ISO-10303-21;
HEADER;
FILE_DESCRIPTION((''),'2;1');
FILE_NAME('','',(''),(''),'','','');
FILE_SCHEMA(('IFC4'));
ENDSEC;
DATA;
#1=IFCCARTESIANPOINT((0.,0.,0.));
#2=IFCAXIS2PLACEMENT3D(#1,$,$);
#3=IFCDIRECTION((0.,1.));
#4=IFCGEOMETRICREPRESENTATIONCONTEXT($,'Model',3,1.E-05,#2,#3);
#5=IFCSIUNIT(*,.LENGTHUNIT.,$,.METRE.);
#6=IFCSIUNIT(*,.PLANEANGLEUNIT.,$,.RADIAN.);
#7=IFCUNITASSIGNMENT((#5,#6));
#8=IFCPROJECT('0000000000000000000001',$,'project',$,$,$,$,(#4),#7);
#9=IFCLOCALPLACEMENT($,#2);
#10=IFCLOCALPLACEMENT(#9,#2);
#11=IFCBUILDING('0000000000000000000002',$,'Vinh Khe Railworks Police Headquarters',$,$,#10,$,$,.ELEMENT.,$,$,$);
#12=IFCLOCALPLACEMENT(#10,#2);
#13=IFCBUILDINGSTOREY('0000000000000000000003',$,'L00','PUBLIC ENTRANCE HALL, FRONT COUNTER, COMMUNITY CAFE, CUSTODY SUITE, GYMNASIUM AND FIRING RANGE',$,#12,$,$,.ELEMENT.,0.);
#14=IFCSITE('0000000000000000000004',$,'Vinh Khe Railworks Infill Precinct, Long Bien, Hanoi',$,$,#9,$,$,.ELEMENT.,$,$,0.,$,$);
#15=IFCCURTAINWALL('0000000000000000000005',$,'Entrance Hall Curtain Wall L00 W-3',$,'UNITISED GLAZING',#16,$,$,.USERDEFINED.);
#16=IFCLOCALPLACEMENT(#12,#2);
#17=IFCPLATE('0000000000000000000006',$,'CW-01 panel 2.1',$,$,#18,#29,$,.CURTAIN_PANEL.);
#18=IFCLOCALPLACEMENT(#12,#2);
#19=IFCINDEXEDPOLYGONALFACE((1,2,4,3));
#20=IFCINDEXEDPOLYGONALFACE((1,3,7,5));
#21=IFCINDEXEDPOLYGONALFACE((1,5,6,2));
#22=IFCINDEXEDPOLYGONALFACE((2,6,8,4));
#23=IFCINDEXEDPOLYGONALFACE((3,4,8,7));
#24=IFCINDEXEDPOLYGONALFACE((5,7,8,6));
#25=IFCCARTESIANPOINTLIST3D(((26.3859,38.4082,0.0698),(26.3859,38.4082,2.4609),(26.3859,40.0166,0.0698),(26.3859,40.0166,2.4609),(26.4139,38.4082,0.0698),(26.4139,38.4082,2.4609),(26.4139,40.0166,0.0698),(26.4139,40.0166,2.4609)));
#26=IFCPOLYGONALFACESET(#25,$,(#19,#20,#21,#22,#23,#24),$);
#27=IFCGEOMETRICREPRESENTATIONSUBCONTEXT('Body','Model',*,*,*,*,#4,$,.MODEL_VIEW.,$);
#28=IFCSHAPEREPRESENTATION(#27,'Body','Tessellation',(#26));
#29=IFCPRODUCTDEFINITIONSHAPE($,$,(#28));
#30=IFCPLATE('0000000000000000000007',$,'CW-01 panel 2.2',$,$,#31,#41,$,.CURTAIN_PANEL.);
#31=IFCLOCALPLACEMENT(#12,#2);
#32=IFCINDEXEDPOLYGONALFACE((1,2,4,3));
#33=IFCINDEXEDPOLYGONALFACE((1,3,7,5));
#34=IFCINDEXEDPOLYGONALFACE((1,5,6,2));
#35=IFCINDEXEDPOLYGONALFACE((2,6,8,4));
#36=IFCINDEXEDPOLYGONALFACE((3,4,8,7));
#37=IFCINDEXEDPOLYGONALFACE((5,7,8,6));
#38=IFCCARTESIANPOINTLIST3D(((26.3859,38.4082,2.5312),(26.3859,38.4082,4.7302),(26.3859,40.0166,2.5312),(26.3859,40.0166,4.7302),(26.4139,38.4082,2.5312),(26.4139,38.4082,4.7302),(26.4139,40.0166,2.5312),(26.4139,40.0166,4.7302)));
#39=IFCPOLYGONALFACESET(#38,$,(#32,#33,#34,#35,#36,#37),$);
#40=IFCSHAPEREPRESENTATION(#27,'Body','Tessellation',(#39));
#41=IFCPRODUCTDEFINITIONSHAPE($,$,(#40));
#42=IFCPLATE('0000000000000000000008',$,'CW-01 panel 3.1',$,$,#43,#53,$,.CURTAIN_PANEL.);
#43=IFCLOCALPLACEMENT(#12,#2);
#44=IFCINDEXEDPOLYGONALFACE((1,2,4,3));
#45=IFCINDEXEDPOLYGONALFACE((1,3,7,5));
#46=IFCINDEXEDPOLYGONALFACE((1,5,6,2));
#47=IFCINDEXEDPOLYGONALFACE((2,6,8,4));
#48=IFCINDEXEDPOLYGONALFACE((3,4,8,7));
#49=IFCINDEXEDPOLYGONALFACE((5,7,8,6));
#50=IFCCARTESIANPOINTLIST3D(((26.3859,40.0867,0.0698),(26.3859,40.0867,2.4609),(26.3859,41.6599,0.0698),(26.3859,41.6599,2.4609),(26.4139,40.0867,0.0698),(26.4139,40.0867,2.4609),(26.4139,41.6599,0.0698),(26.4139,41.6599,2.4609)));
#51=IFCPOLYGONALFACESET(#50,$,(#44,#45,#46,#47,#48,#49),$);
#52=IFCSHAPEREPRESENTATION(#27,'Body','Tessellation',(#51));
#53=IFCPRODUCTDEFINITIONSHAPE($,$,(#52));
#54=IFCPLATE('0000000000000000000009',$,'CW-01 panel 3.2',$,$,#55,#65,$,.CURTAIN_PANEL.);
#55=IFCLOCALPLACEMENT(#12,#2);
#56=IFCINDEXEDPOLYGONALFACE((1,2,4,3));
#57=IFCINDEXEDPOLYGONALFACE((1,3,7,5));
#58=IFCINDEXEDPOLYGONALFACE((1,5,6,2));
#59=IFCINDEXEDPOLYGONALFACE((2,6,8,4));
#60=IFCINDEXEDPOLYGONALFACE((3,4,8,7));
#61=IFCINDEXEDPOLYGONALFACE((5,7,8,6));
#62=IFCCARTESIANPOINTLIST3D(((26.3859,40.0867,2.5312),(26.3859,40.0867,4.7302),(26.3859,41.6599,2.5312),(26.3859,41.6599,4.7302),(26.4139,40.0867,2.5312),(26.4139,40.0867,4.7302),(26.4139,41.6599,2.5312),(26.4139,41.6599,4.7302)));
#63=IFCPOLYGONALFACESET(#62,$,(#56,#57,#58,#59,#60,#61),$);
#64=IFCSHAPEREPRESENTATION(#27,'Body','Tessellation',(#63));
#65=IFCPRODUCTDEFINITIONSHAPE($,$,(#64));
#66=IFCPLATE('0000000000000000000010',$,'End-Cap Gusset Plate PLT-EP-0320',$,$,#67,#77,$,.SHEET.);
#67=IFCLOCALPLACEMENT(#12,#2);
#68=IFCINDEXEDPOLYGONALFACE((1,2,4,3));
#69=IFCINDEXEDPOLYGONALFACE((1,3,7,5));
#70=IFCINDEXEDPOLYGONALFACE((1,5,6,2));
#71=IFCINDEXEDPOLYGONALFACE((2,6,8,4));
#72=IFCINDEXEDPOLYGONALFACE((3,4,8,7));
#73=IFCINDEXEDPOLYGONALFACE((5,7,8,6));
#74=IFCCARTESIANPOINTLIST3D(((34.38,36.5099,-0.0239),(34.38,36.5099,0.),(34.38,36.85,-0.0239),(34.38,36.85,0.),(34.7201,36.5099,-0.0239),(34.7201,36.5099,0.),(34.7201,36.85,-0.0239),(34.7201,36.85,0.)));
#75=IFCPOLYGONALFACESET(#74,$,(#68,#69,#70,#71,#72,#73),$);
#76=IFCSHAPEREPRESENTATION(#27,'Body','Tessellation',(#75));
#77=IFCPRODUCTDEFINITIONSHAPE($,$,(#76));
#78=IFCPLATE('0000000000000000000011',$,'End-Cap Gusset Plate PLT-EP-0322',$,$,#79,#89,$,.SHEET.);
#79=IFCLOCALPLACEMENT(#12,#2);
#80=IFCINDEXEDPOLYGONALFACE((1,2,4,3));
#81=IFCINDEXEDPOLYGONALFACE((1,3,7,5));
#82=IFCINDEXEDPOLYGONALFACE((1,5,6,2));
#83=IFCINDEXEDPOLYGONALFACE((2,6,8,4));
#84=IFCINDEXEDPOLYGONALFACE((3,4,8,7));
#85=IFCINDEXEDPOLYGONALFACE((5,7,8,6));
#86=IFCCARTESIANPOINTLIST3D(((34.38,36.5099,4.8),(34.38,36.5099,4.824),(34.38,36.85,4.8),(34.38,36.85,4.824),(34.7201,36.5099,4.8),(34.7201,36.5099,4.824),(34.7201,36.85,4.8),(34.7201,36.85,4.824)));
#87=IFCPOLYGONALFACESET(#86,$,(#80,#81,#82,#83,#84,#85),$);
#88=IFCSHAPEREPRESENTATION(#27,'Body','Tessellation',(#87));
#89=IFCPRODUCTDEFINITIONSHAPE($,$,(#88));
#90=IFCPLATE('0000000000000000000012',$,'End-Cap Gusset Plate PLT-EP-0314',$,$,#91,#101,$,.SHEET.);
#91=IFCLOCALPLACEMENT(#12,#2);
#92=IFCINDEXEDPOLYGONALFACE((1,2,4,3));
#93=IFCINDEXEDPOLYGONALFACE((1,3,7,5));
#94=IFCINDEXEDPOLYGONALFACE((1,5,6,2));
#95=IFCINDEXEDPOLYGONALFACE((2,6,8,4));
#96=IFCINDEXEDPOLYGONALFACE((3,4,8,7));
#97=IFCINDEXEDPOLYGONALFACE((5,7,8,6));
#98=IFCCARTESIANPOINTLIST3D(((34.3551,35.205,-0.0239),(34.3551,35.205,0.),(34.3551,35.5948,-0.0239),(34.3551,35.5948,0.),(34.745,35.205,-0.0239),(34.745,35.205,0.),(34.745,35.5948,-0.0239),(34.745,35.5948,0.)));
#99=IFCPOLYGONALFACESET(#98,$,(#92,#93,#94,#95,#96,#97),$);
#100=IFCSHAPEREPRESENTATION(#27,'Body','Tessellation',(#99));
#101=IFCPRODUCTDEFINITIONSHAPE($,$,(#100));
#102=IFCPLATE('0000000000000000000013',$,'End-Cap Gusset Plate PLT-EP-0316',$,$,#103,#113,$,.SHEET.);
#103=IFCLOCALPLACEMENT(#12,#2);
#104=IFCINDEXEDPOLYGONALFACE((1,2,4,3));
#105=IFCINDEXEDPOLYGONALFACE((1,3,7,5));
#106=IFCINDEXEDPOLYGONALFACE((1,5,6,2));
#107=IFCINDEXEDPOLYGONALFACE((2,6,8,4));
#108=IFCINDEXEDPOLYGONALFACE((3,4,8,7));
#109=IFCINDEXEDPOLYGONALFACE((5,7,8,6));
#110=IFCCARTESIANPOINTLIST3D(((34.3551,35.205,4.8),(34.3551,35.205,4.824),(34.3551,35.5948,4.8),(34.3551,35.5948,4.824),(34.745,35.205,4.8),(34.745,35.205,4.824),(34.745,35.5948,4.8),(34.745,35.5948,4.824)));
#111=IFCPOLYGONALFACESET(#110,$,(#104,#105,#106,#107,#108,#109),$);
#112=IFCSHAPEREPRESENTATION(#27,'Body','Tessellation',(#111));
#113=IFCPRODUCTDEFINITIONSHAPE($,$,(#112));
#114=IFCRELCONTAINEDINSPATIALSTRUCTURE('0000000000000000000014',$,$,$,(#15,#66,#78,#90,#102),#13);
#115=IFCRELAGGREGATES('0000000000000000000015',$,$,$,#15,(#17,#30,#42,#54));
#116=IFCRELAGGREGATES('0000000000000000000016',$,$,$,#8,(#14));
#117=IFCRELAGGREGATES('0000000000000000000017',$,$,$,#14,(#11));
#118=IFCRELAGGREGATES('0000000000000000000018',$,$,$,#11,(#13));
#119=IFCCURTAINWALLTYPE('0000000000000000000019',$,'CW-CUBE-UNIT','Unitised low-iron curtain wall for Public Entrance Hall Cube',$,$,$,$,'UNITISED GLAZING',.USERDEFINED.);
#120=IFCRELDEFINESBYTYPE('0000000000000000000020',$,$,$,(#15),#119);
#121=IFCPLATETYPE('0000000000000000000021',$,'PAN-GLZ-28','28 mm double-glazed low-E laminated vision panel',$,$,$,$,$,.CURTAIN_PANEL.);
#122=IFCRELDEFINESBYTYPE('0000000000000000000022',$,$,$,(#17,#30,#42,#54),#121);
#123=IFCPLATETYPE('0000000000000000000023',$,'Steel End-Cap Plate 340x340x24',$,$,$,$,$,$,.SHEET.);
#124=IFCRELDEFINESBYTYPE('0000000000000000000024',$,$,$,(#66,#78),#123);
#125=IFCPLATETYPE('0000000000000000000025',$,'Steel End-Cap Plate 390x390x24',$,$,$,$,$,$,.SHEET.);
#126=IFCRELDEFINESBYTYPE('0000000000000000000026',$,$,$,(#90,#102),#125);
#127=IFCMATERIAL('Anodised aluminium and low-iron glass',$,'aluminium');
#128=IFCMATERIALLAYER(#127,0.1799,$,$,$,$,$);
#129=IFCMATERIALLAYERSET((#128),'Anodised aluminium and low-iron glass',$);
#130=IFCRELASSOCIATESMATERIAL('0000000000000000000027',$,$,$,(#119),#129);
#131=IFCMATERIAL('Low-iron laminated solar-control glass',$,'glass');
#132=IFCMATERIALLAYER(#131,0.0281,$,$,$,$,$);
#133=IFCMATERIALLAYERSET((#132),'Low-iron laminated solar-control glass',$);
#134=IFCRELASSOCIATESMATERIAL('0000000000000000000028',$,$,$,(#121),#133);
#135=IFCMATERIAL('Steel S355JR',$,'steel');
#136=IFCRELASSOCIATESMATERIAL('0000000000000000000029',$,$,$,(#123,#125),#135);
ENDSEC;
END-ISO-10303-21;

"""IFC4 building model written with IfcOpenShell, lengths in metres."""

from ifc_helpers import new_model, si_unit, direction, frame, origin, origin_2d, place, context, subcontext, project, spatial, rectangle, extrude, material, layer, layer_set, material_profile, profile_set, type_object, element, aggregate, save


model = new_model("IFC4")

# Units and contexts
model_context = context("Model", 3, precision=1e-05, world=origin(), true_north=direction((0.0, 1.0)))
body_context = subcontext(model_context, "Body", "Model", "MODEL_VIEW")
ifc_project = project(units=[si_unit("LENGTHUNIT", "METRE"), si_unit("PLANEANGLEUNIT", "RADIAN")], contexts=[model_context])

# Site, building, storey
site_placement = place(None, origin())
site = spatial("IfcSite", under=ifc_project, at=site_placement, Name="Vinh Khe Railworks Infill Precinct, Long Bien, Hanoi", CompositionType="ELEMENT", RefElevation=0.0)
building_placement = place(site_placement, origin())
building = spatial("IfcBuilding", under=site, at=building_placement, Name="Vinh Khe Railworks Police Headquarters", CompositionType="ELEMENT")
storey_placement = place(building_placement, origin())
storey = spatial("IfcBuildingStorey", under=building, at=storey_placement, Name="L00", Description="PUBLIC ENTRANCE HALL, FRONT COUNTER, COMMUNITY CAFE, CUSTODY SUITE, GYMNASIUM AND FIRING RANGE", CompositionType="ELEMENT", Elevation=0.0)

# Shared definitions
ifc_material_1 = material(Name="Steel S355JR", Category="steel")

# Shared definitions
ifc_material_2 = material(Name="Anodised aluminium and low-iron glass", Category="aluminium")
ifc_layer_1 = layer(ifc_material_2, 0.1799)
ifc_layer_set_1 = layer_set([ifc_layer_1], Name="Anodised aluminium and low-iron glass")
curtain_wall_type = type_object("IfcCurtainWallType", Name="CW-CUBE-UNIT", Description="Unitised low-iron curtain wall for Public Entrance Hall Cube", ElementType="UNITISED GLAZING", PredefinedType="USERDEFINED", material=ifc_layer_set_1)

# Curtain wall
curtain_wall_1_placement = place(storey_placement, origin())
curtain_wall_1 = element("IfcCurtainWall", 1, at=curtain_wall_1_placement, inside=storey, type_object=curtain_wall_type, Name="Entrance Hall Curtain Wall L00 W-3", ObjectType="UNITISED GLAZING", PredefinedType="USERDEFINED")

# Plates
ifc_material_3 = material(Name="Low-iron laminated solar-control glass", Category="glass")
ifc_layer_2 = layer(ifc_material_3, 0.0281)
ifc_layer_set_2 = layer_set([ifc_layer_2], Name="Low-iron laminated solar-control glass")
plate_type_1 = type_object("IfcPlateType", Name="PAN-GLZ-28", Description="28 mm double-glazed low-E laminated vision panel", PredefinedType="CURTAIN_PANEL", material=ifc_layer_set_2)
plate_1_placement = place(storey_placement, frame((26.3999, 39.2124, 0.0698), z_axis=(0.0, 0.0, 1.0), x_axis=(0.0, 1.0, 0.0)))
plate_1 = element("IfcPlate", 2, at=plate_1_placement, type_object=plate_type_1, Name="CW-01 panel 2.1", PredefinedType="CURTAIN_PANEL", context=body_context, shape_type="SweptSolid", body=[
    extrude(rectangle(XDim=1.6084, YDim=0.0281, at=origin_2d()), origin(), (0.0, 0.0, 1.0), 2.3911),
])
plate_2_placement = place(storey_placement, frame((26.3999, 39.2124, 2.5312), z_axis=(0.0, 0.0, 1.0), x_axis=(0.0, 1.0, 0.0)))
plate_2 = element("IfcPlate", 3, at=plate_2_placement, type_object=plate_type_1, Name="CW-01 panel 2.2", PredefinedType="CURTAIN_PANEL", context=body_context, shape_type="SweptSolid", body=[
    extrude(rectangle(XDim=1.6084, YDim=0.0281, at=origin_2d()), origin(), (0.0, 0.0, 1.0), 2.199),
])
plate_3_placement = place(storey_placement, frame((26.3999, 40.8733, 0.0698), z_axis=(0.0, 0.0, 1.0), x_axis=(0.0, 1.0, 0.0)))
plate_3 = element("IfcPlate", 4, at=plate_3_placement, type_object=plate_type_1, Name="CW-01 panel 3.1", PredefinedType="CURTAIN_PANEL", context=body_context, shape_type="SweptSolid", body=[
    extrude(rectangle(XDim=1.5732, YDim=0.0281, at=origin_2d()), origin(), (0.0, 0.0, 1.0), 2.3911),
])
plate_4_placement = place(storey_placement, frame((26.3999, 40.8733, 2.5312), z_axis=(0.0, 0.0, 1.0), x_axis=(0.0, 1.0, 0.0)))
plate_4 = element("IfcPlate", 5, at=plate_4_placement, type_object=plate_type_1, Name="CW-01 panel 3.2", PredefinedType="CURTAIN_PANEL", context=body_context, shape_type="SweptSolid", body=[
    extrude(rectangle(XDim=1.5732, YDim=0.0281, at=origin_2d()), origin(), (0.0, 0.0, 1.0), 2.199),
])
aggregate(curtain_wall_1, [plate_1, plate_2, plate_3, plate_4])

# Plates
ifc_material_profile_1 = material_profile(ifc_material_1, rectangle(XDim=0.3401, YDim=0.3401, at=origin_2d()), Name="PL 340x340")
ifc_profile_set_1 = profile_set([ifc_material_profile_1], Name="Steel S355JR")
plate_type_2 = type_object("IfcPlateType", Name="Steel End-Cap Plate 340x340x24", PredefinedType="SHEET", material=ifc_profile_set_1)
for number, where, z_axis, x_axis, name in (
    (6, (34.55, 36.6799, 0.0), (0.0, 0.0, -1.0), (1.0, 0.0, 0.0), "End-Cap Gusset Plate PLT-EP-0320"),
    (7, (34.55, 36.6799, 4.8), (0.0, 0.0, 1.0), (1.0, 0.0, 0.0), "End-Cap Gusset Plate PLT-EP-0322"),
):
    element("IfcPlate", number, at=place(storey_placement, frame(where, z_axis=z_axis, x_axis=x_axis)), inside=storey, type_object=plate_type_2, Name=name, PredefinedType="SHEET", context=body_context, shape_type="SweptSolid", body=[
        extrude(rectangle(XDim=0.3401, YDim=0.3401, at=origin_2d()), origin(), (0.0, 0.0, 1.0), 0.0239),
    ])
ifc_material_profile_2 = material_profile(ifc_material_1, rectangle(XDim=0.3899, YDim=0.3899, at=origin_2d()), Name="PL 390x390")
ifc_profile_set_2 = profile_set([ifc_material_profile_2], Name="Steel S355JR")
plate_type_3 = type_object("IfcPlateType", Name="Steel End-Cap Plate 390x390x24", PredefinedType="SHEET", material=ifc_profile_set_2)
for number, where, z_axis, x_axis, name in (
    (8, (34.55, 35.3999, 0.0), (0.0, 0.0, -1.0), (1.0, 0.0, 0.0), "End-Cap Gusset Plate PLT-EP-0314"),
    (9, (34.55, 35.3999, 4.8), (0.0, 0.0, 1.0), (1.0, 0.0, 0.0), "End-Cap Gusset Plate PLT-EP-0316"),
):
    element("IfcPlate", number, at=place(storey_placement, frame(where, z_axis=z_axis, x_axis=x_axis)), inside=storey, type_object=plate_type_3, Name=name, PredefinedType="SHEET", context=body_context, shape_type="SweptSolid", body=[
        extrude(rectangle(XDim=0.3899, YDim=0.3899, at=origin_2d()), origin(), (0.0, 0.0, 1.0), 0.0239),
    ])

save(model, "model.ifc")
